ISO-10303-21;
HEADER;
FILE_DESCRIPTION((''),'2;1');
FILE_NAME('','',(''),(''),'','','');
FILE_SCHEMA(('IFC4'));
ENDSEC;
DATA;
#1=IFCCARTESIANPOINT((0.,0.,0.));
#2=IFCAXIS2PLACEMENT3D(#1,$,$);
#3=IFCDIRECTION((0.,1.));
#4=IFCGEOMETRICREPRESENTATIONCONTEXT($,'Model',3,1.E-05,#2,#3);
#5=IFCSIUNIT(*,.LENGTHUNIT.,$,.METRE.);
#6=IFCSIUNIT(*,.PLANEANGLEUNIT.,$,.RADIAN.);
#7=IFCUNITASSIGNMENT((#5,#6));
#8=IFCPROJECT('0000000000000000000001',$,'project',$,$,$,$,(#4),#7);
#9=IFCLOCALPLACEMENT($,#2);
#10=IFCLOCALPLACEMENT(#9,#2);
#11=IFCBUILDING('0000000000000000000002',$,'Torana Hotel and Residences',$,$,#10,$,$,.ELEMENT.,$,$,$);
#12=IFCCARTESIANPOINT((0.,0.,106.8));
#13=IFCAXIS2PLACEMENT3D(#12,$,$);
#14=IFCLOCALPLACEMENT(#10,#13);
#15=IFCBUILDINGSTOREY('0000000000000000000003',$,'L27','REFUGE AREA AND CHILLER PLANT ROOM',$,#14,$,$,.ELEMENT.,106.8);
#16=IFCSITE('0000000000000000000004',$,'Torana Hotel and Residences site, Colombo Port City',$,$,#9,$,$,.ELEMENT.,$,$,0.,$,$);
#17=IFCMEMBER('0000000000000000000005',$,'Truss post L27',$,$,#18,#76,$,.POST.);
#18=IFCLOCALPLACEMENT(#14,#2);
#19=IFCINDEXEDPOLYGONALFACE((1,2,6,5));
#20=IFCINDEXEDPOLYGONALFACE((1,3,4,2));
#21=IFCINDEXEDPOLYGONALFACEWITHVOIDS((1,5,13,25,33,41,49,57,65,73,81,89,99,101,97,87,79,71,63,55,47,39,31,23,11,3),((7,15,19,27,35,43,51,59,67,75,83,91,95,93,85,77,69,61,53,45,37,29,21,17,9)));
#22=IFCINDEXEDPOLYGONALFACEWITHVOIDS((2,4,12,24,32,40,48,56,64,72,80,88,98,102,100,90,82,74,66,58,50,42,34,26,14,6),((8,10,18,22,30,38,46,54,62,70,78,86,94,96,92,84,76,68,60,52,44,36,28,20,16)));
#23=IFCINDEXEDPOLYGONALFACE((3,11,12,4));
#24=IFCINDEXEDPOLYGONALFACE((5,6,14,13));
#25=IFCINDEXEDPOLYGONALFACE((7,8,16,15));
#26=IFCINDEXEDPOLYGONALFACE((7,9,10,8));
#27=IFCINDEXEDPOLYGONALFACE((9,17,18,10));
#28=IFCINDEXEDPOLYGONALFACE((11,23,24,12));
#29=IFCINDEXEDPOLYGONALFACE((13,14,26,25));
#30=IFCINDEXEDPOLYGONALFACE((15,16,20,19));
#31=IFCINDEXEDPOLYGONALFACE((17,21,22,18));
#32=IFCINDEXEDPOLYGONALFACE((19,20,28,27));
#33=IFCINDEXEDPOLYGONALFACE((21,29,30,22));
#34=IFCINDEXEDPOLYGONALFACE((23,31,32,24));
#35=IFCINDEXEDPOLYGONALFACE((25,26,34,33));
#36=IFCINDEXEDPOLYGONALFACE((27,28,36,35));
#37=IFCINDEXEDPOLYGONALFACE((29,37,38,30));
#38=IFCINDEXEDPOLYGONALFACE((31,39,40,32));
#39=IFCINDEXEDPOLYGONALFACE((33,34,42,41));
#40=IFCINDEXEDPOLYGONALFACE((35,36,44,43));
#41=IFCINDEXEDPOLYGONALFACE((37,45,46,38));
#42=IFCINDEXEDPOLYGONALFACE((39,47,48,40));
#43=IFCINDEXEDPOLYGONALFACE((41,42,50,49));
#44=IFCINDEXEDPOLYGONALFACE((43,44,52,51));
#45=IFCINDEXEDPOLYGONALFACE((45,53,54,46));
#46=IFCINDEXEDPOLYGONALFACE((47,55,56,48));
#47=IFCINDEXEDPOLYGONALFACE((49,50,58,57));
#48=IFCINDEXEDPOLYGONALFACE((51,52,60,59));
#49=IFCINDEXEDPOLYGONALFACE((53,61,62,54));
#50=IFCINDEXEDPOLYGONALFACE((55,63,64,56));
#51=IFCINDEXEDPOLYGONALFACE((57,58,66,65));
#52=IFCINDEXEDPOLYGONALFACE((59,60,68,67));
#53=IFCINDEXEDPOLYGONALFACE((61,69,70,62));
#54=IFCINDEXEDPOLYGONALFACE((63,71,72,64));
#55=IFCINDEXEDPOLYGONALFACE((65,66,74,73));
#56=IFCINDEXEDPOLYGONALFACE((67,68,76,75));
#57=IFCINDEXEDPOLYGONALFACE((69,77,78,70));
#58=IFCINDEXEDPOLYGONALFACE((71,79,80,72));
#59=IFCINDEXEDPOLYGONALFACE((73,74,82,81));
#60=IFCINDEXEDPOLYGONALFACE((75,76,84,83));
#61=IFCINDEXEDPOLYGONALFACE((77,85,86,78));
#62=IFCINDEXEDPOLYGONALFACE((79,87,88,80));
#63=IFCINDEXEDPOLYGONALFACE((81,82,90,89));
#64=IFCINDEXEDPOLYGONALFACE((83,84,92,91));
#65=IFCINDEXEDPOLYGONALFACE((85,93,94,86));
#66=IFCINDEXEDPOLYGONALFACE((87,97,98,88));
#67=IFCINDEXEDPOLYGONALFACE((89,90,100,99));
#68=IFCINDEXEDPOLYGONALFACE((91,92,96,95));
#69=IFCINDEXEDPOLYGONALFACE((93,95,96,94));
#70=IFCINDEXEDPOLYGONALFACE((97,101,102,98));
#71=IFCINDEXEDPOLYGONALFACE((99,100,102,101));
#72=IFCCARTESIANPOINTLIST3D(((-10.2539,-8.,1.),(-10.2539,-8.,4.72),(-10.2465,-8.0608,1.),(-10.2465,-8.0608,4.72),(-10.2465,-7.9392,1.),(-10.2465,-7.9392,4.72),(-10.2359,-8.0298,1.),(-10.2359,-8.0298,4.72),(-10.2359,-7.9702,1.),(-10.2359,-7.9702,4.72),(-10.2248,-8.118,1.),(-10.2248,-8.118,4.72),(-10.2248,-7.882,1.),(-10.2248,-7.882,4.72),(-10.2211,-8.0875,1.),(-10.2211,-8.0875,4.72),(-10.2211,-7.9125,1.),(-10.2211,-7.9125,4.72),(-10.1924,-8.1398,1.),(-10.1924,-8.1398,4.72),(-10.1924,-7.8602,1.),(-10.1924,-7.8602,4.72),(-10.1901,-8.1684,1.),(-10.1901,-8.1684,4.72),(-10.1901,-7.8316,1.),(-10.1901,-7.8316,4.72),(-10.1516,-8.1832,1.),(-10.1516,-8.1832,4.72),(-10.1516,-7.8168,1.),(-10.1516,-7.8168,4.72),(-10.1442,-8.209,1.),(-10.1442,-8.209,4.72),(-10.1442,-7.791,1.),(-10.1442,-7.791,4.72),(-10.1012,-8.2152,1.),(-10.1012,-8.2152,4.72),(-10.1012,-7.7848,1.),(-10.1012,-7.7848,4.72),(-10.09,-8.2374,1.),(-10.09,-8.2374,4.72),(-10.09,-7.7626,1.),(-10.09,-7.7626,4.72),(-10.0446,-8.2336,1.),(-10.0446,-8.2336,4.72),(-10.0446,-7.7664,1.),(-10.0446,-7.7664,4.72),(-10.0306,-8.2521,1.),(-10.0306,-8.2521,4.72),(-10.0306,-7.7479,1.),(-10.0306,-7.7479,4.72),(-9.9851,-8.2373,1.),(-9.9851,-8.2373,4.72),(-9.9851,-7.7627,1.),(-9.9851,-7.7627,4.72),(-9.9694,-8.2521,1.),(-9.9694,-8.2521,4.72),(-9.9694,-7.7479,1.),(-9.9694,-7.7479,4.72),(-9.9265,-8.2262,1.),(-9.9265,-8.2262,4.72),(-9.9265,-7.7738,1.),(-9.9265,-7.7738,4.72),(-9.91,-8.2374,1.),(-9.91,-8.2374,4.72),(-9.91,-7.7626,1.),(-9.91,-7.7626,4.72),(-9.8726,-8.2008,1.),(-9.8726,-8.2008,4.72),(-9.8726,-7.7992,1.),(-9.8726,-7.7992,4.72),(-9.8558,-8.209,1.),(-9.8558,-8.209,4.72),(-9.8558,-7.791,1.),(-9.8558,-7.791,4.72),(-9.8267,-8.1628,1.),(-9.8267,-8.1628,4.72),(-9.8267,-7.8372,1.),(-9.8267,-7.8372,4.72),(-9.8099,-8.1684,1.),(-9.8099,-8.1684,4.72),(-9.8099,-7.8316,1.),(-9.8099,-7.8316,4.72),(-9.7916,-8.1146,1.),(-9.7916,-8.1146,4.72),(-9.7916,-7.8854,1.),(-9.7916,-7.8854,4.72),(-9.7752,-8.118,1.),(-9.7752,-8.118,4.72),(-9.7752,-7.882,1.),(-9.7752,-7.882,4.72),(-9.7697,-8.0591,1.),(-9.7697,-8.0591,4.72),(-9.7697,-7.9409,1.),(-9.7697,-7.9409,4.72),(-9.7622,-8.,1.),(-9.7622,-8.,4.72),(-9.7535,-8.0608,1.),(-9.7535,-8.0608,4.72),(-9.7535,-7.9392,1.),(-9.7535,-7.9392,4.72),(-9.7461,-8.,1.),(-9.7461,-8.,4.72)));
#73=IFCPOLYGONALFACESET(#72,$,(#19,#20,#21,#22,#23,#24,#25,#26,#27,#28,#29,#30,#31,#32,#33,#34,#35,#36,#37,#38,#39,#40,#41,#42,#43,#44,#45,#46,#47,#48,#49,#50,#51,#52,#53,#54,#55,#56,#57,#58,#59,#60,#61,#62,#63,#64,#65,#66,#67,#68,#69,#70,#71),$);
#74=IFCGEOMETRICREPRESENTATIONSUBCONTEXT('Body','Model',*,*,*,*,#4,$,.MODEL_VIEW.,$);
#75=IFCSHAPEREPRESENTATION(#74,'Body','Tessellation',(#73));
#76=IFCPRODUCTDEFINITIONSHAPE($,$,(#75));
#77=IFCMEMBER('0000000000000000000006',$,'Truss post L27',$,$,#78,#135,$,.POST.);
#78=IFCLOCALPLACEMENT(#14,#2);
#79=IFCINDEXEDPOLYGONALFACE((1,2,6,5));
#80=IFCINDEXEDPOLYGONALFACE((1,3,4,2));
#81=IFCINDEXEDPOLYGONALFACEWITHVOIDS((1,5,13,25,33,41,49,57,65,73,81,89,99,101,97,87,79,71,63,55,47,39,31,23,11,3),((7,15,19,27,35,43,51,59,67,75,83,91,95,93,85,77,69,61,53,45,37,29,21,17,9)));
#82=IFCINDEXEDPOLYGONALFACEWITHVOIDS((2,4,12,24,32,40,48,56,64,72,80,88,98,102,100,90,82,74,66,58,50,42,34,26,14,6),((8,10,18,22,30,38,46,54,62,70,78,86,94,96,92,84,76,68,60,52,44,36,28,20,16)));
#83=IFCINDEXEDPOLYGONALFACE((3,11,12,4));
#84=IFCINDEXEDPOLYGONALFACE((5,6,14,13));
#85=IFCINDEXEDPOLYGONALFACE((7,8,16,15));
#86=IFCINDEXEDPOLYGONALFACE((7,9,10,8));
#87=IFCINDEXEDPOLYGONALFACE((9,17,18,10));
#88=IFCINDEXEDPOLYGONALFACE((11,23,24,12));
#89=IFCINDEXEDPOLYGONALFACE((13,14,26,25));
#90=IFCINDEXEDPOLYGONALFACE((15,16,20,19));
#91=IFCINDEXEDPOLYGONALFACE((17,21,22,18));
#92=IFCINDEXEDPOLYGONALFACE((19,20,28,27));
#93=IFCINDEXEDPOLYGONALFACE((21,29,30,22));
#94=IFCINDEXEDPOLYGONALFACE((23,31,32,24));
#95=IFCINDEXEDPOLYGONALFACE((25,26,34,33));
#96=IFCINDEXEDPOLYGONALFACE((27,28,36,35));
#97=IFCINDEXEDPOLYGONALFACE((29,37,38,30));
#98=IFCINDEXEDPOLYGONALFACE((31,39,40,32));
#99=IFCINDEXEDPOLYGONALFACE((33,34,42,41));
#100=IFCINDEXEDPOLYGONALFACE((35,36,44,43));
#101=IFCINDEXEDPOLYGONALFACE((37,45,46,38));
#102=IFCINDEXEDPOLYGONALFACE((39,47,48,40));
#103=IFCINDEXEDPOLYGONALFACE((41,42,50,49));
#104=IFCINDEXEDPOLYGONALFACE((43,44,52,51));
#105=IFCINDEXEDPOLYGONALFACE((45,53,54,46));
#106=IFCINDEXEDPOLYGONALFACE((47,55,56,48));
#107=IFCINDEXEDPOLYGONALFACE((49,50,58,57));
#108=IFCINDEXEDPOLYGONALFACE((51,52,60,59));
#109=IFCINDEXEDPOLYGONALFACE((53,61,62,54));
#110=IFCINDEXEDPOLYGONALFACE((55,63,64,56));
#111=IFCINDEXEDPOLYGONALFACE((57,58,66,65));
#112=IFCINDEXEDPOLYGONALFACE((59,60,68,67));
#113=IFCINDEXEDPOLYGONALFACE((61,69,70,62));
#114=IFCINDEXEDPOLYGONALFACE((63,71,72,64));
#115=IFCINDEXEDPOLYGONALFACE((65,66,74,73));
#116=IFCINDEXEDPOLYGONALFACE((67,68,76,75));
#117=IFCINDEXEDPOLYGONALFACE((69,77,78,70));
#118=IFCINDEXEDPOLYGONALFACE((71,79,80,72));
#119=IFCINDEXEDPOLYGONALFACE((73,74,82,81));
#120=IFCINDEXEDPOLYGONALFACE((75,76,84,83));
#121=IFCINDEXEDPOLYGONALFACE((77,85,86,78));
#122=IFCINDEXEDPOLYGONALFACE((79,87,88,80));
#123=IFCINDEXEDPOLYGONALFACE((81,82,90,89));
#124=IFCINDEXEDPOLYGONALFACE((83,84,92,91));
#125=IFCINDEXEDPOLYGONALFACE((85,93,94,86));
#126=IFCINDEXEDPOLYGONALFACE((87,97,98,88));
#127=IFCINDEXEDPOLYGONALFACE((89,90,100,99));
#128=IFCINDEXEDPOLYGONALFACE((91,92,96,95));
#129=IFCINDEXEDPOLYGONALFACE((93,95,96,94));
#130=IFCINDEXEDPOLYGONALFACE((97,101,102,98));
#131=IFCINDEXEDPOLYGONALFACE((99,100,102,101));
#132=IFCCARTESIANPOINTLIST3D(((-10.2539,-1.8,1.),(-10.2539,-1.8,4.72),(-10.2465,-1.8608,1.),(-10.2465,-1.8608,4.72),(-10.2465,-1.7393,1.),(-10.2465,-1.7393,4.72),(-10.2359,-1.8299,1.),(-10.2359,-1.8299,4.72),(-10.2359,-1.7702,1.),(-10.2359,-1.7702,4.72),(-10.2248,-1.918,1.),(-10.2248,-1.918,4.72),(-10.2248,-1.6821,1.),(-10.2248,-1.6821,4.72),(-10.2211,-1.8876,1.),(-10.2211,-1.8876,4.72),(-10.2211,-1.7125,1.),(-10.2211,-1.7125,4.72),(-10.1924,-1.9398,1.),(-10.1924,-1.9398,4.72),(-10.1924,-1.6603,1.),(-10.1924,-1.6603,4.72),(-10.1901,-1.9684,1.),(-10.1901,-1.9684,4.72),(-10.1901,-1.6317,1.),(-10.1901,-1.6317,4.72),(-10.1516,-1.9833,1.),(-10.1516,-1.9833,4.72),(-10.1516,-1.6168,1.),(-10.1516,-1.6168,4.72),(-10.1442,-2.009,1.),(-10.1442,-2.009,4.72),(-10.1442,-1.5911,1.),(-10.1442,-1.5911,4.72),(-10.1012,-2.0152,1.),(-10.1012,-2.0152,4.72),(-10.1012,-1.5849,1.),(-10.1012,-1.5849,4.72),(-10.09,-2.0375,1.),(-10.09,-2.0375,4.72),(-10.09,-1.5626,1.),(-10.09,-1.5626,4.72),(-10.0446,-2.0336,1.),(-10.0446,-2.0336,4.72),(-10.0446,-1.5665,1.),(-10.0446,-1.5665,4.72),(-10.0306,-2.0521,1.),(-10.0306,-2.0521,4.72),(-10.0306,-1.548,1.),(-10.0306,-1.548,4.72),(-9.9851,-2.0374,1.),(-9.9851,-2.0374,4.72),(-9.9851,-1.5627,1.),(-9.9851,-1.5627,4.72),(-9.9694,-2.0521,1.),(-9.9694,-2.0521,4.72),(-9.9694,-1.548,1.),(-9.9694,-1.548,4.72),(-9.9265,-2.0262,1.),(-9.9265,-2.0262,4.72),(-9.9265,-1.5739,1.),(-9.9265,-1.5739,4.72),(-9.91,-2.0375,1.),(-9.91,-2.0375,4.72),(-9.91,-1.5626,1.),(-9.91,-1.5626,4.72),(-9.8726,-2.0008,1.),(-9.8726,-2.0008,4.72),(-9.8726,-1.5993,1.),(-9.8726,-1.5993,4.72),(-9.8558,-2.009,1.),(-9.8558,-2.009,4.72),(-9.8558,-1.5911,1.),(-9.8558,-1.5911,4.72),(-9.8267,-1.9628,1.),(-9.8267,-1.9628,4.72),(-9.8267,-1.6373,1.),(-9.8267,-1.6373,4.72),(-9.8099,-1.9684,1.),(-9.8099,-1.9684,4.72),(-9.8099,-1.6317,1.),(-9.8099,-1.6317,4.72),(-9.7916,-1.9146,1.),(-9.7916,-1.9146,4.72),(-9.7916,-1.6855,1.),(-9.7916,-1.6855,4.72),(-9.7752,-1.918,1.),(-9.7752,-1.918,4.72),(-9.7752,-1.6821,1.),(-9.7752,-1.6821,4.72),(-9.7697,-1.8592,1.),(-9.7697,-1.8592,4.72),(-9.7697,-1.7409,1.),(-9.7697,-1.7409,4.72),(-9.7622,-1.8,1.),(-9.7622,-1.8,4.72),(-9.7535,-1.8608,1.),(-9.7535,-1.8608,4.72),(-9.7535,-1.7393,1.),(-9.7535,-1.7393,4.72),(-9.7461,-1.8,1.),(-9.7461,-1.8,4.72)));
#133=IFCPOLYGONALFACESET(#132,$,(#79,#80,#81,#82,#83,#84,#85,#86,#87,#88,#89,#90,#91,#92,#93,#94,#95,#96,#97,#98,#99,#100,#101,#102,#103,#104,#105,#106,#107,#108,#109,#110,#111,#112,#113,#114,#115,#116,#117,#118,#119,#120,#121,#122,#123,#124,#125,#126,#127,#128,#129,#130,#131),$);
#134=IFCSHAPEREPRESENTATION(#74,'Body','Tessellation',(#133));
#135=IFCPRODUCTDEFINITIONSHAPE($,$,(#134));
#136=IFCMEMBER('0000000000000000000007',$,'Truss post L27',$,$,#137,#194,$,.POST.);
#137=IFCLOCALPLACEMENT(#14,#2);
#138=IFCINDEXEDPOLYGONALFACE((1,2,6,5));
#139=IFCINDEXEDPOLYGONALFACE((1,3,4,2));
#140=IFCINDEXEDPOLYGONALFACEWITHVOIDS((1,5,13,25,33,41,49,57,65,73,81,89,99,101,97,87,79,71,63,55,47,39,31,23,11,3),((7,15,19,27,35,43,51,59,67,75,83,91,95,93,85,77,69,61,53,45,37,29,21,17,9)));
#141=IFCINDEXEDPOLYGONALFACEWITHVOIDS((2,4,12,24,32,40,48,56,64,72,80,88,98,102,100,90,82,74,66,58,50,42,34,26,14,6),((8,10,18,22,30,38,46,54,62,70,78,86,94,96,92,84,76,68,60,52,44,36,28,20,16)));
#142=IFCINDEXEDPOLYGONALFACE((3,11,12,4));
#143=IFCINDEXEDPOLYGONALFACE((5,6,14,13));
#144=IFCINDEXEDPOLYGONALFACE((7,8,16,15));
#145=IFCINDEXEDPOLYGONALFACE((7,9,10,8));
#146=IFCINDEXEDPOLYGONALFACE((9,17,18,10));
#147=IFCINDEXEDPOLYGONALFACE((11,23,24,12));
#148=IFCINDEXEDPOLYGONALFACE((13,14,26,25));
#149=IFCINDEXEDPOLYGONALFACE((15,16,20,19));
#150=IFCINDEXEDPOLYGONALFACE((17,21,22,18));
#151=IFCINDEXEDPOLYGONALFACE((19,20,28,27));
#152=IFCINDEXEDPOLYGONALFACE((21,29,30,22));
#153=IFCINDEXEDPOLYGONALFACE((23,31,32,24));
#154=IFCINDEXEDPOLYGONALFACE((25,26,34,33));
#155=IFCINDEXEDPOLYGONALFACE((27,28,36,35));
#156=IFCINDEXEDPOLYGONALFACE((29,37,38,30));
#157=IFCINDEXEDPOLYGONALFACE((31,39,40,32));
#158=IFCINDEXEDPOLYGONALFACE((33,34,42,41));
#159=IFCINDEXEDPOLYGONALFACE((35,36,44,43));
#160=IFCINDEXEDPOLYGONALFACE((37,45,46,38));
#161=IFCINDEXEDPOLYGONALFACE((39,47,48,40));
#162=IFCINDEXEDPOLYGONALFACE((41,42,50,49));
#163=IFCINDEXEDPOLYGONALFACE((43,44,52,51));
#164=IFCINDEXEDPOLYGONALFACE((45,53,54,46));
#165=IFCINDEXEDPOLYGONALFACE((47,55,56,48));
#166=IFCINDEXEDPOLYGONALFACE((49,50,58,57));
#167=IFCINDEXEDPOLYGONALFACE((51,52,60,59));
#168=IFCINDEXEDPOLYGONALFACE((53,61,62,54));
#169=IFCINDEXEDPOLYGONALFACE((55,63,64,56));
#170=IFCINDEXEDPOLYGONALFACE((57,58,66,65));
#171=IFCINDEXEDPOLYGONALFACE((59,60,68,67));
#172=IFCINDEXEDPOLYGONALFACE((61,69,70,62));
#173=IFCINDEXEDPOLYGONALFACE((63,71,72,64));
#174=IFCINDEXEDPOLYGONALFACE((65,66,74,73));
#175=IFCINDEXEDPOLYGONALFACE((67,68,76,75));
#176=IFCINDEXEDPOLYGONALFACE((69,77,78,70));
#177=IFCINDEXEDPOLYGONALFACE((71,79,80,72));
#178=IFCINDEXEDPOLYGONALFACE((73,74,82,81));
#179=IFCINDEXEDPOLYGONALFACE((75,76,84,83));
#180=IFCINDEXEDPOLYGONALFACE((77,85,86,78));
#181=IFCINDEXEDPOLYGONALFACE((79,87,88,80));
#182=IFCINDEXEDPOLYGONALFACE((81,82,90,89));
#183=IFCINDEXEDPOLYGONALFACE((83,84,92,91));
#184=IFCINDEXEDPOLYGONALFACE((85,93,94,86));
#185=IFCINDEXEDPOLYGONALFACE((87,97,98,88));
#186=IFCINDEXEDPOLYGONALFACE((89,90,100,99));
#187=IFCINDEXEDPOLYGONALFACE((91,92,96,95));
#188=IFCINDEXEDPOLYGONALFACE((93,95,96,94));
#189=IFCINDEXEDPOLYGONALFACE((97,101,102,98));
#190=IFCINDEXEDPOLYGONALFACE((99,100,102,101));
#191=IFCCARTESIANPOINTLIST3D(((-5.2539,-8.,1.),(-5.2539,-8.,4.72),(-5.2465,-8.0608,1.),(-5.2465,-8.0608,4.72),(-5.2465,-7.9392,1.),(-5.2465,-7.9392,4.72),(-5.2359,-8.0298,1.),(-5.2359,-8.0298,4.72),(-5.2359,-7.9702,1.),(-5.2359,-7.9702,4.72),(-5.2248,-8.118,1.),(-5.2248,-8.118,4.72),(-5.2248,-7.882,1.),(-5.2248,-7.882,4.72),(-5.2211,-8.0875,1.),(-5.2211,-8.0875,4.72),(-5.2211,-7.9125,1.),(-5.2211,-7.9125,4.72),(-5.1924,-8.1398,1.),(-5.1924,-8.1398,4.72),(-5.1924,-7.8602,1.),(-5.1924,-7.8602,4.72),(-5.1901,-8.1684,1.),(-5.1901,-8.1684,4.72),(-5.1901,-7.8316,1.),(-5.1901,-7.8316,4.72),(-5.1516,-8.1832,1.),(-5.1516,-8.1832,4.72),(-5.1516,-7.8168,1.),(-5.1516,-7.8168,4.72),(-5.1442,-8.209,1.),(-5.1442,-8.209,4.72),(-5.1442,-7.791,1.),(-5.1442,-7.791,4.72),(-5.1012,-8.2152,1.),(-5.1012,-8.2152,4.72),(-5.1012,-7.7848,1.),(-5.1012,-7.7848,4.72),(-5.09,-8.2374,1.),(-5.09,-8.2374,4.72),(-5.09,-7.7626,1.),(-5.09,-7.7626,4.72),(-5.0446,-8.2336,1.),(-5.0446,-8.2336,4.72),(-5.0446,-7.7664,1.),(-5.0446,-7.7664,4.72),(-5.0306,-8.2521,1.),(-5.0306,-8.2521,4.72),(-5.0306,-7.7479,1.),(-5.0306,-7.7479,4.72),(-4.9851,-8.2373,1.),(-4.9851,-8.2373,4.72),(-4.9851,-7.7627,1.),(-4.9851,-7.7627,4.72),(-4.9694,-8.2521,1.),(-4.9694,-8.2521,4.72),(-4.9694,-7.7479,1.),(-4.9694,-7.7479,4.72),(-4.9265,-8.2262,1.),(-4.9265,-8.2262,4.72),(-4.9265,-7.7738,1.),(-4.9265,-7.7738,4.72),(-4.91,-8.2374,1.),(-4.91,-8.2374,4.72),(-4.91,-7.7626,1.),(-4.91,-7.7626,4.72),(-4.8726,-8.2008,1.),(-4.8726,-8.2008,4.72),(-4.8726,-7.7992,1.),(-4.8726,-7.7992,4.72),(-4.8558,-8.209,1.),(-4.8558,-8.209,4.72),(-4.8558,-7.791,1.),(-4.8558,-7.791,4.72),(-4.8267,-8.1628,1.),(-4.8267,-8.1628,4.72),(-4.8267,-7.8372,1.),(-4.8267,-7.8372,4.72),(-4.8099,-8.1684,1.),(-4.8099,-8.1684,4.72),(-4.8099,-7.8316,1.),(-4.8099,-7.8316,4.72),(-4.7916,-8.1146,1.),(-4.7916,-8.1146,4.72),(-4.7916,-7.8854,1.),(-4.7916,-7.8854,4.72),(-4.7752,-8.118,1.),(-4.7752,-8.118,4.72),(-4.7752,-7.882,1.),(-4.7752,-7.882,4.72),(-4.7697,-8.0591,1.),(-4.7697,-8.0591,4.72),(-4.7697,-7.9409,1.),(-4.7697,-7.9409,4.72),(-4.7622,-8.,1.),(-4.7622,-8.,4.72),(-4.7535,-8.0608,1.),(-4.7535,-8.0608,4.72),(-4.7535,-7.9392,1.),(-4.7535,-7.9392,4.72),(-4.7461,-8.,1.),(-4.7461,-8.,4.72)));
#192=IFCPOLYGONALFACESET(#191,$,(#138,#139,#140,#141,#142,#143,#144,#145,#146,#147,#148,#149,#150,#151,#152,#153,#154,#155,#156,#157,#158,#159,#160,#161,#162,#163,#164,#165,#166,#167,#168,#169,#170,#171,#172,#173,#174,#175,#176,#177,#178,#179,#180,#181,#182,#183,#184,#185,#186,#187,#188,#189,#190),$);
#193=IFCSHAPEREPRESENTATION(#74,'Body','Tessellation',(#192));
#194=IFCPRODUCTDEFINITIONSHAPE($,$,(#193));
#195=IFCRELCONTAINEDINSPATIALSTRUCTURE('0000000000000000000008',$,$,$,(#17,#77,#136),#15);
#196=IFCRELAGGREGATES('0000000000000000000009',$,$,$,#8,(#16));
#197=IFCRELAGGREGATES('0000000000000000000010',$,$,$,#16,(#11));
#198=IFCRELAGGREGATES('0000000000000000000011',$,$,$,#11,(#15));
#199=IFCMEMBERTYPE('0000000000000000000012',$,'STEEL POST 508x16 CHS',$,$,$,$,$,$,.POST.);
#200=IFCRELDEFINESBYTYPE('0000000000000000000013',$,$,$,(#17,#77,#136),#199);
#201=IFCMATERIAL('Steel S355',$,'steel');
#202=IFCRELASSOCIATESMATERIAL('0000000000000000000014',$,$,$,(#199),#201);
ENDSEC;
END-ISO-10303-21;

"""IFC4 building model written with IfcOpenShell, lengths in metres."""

from ifc_helpers import new_model, si_unit, direction, frame, origin, origin_2d, place, context, subcontext, project, spatial, hollow_circle, extrude, material, material_profile, profile_set, type_object, element, save


model = new_model("IFC4")

# Units and contexts
model_context = context("Model", 3, precision=1e-05, world=origin(), true_north=direction((0.0, 1.0)))
body_context = subcontext(model_context, "Body", "Model", "MODEL_VIEW")
ifc_project = project(units=[si_unit("LENGTHUNIT", "METRE"), si_unit("PLANEANGLEUNIT", "RADIAN")], contexts=[model_context])

# Site, building, storey
site_placement = place(None, origin())
site = spatial("IfcSite", under=ifc_project, at=site_placement, Name="Torana Hotel and Residences site, Colombo Port City", CompositionType="ELEMENT", RefElevation=0.0)
building_placement = place(site_placement, origin())
building = spatial("IfcBuilding", under=site, at=building_placement, Name="Torana Hotel and Residences", CompositionType="ELEMENT")
storey_placement = place(building_placement, frame((0.0, 0.0, 106.8)))
storey = spatial("IfcBuildingStorey", under=building, at=storey_placement, Name="L27", Description="REFUGE AREA AND CHILLER PLANT ROOM", CompositionType="ELEMENT", Elevation=106.8)

# Members
ifc_material_1 = material(Name="Steel S355", Category="steel")
ifc_material_profile_1 = material_profile(ifc_material_1, hollow_circle(Radius=0.2539, WallThickness=0.0161, at=origin_2d()), Name="508x16 CHS")
ifc_profile_set_1 = profile_set([ifc_material_profile_1], Name="Steel S355")
member_type_1 = type_object("IfcMemberType", Name="STEEL POST 508x16 CHS", PredefinedType="POST", material=ifc_profile_set_1)
for number, where, z_axis, x_axis, name in (
    (1, (-10.0, -8.0, 1.0), (0.0, 0.0, 1.0), (1.0, 0.0, 0.0), "Truss post L27"),
    (2, (-10.0, -1.8, 1.0), (0.0, 0.0, 1.0), (1.0, 0.0, 0.0), "Truss post L27"),
    (3, (-5.0, -8.0, 1.0), (0.0, 0.0, 1.0), (1.0, 0.0, 0.0), "Truss post L27"),
):
    element("IfcMember", number, at=place(storey_placement, frame(where, z_axis=z_axis, x_axis=x_axis)), inside=storey, type_object=member_type_1, Name=name, PredefinedType="POST", context=body_context, shape_type="SweptSolid", body=[
        extrude(hollow_circle(Radius=0.2539, WallThickness=0.0161, at=origin_2d()), origin(), (0.0, 0.0, 1.0), 3.72),
    ])

save(model, "model.ifc")
